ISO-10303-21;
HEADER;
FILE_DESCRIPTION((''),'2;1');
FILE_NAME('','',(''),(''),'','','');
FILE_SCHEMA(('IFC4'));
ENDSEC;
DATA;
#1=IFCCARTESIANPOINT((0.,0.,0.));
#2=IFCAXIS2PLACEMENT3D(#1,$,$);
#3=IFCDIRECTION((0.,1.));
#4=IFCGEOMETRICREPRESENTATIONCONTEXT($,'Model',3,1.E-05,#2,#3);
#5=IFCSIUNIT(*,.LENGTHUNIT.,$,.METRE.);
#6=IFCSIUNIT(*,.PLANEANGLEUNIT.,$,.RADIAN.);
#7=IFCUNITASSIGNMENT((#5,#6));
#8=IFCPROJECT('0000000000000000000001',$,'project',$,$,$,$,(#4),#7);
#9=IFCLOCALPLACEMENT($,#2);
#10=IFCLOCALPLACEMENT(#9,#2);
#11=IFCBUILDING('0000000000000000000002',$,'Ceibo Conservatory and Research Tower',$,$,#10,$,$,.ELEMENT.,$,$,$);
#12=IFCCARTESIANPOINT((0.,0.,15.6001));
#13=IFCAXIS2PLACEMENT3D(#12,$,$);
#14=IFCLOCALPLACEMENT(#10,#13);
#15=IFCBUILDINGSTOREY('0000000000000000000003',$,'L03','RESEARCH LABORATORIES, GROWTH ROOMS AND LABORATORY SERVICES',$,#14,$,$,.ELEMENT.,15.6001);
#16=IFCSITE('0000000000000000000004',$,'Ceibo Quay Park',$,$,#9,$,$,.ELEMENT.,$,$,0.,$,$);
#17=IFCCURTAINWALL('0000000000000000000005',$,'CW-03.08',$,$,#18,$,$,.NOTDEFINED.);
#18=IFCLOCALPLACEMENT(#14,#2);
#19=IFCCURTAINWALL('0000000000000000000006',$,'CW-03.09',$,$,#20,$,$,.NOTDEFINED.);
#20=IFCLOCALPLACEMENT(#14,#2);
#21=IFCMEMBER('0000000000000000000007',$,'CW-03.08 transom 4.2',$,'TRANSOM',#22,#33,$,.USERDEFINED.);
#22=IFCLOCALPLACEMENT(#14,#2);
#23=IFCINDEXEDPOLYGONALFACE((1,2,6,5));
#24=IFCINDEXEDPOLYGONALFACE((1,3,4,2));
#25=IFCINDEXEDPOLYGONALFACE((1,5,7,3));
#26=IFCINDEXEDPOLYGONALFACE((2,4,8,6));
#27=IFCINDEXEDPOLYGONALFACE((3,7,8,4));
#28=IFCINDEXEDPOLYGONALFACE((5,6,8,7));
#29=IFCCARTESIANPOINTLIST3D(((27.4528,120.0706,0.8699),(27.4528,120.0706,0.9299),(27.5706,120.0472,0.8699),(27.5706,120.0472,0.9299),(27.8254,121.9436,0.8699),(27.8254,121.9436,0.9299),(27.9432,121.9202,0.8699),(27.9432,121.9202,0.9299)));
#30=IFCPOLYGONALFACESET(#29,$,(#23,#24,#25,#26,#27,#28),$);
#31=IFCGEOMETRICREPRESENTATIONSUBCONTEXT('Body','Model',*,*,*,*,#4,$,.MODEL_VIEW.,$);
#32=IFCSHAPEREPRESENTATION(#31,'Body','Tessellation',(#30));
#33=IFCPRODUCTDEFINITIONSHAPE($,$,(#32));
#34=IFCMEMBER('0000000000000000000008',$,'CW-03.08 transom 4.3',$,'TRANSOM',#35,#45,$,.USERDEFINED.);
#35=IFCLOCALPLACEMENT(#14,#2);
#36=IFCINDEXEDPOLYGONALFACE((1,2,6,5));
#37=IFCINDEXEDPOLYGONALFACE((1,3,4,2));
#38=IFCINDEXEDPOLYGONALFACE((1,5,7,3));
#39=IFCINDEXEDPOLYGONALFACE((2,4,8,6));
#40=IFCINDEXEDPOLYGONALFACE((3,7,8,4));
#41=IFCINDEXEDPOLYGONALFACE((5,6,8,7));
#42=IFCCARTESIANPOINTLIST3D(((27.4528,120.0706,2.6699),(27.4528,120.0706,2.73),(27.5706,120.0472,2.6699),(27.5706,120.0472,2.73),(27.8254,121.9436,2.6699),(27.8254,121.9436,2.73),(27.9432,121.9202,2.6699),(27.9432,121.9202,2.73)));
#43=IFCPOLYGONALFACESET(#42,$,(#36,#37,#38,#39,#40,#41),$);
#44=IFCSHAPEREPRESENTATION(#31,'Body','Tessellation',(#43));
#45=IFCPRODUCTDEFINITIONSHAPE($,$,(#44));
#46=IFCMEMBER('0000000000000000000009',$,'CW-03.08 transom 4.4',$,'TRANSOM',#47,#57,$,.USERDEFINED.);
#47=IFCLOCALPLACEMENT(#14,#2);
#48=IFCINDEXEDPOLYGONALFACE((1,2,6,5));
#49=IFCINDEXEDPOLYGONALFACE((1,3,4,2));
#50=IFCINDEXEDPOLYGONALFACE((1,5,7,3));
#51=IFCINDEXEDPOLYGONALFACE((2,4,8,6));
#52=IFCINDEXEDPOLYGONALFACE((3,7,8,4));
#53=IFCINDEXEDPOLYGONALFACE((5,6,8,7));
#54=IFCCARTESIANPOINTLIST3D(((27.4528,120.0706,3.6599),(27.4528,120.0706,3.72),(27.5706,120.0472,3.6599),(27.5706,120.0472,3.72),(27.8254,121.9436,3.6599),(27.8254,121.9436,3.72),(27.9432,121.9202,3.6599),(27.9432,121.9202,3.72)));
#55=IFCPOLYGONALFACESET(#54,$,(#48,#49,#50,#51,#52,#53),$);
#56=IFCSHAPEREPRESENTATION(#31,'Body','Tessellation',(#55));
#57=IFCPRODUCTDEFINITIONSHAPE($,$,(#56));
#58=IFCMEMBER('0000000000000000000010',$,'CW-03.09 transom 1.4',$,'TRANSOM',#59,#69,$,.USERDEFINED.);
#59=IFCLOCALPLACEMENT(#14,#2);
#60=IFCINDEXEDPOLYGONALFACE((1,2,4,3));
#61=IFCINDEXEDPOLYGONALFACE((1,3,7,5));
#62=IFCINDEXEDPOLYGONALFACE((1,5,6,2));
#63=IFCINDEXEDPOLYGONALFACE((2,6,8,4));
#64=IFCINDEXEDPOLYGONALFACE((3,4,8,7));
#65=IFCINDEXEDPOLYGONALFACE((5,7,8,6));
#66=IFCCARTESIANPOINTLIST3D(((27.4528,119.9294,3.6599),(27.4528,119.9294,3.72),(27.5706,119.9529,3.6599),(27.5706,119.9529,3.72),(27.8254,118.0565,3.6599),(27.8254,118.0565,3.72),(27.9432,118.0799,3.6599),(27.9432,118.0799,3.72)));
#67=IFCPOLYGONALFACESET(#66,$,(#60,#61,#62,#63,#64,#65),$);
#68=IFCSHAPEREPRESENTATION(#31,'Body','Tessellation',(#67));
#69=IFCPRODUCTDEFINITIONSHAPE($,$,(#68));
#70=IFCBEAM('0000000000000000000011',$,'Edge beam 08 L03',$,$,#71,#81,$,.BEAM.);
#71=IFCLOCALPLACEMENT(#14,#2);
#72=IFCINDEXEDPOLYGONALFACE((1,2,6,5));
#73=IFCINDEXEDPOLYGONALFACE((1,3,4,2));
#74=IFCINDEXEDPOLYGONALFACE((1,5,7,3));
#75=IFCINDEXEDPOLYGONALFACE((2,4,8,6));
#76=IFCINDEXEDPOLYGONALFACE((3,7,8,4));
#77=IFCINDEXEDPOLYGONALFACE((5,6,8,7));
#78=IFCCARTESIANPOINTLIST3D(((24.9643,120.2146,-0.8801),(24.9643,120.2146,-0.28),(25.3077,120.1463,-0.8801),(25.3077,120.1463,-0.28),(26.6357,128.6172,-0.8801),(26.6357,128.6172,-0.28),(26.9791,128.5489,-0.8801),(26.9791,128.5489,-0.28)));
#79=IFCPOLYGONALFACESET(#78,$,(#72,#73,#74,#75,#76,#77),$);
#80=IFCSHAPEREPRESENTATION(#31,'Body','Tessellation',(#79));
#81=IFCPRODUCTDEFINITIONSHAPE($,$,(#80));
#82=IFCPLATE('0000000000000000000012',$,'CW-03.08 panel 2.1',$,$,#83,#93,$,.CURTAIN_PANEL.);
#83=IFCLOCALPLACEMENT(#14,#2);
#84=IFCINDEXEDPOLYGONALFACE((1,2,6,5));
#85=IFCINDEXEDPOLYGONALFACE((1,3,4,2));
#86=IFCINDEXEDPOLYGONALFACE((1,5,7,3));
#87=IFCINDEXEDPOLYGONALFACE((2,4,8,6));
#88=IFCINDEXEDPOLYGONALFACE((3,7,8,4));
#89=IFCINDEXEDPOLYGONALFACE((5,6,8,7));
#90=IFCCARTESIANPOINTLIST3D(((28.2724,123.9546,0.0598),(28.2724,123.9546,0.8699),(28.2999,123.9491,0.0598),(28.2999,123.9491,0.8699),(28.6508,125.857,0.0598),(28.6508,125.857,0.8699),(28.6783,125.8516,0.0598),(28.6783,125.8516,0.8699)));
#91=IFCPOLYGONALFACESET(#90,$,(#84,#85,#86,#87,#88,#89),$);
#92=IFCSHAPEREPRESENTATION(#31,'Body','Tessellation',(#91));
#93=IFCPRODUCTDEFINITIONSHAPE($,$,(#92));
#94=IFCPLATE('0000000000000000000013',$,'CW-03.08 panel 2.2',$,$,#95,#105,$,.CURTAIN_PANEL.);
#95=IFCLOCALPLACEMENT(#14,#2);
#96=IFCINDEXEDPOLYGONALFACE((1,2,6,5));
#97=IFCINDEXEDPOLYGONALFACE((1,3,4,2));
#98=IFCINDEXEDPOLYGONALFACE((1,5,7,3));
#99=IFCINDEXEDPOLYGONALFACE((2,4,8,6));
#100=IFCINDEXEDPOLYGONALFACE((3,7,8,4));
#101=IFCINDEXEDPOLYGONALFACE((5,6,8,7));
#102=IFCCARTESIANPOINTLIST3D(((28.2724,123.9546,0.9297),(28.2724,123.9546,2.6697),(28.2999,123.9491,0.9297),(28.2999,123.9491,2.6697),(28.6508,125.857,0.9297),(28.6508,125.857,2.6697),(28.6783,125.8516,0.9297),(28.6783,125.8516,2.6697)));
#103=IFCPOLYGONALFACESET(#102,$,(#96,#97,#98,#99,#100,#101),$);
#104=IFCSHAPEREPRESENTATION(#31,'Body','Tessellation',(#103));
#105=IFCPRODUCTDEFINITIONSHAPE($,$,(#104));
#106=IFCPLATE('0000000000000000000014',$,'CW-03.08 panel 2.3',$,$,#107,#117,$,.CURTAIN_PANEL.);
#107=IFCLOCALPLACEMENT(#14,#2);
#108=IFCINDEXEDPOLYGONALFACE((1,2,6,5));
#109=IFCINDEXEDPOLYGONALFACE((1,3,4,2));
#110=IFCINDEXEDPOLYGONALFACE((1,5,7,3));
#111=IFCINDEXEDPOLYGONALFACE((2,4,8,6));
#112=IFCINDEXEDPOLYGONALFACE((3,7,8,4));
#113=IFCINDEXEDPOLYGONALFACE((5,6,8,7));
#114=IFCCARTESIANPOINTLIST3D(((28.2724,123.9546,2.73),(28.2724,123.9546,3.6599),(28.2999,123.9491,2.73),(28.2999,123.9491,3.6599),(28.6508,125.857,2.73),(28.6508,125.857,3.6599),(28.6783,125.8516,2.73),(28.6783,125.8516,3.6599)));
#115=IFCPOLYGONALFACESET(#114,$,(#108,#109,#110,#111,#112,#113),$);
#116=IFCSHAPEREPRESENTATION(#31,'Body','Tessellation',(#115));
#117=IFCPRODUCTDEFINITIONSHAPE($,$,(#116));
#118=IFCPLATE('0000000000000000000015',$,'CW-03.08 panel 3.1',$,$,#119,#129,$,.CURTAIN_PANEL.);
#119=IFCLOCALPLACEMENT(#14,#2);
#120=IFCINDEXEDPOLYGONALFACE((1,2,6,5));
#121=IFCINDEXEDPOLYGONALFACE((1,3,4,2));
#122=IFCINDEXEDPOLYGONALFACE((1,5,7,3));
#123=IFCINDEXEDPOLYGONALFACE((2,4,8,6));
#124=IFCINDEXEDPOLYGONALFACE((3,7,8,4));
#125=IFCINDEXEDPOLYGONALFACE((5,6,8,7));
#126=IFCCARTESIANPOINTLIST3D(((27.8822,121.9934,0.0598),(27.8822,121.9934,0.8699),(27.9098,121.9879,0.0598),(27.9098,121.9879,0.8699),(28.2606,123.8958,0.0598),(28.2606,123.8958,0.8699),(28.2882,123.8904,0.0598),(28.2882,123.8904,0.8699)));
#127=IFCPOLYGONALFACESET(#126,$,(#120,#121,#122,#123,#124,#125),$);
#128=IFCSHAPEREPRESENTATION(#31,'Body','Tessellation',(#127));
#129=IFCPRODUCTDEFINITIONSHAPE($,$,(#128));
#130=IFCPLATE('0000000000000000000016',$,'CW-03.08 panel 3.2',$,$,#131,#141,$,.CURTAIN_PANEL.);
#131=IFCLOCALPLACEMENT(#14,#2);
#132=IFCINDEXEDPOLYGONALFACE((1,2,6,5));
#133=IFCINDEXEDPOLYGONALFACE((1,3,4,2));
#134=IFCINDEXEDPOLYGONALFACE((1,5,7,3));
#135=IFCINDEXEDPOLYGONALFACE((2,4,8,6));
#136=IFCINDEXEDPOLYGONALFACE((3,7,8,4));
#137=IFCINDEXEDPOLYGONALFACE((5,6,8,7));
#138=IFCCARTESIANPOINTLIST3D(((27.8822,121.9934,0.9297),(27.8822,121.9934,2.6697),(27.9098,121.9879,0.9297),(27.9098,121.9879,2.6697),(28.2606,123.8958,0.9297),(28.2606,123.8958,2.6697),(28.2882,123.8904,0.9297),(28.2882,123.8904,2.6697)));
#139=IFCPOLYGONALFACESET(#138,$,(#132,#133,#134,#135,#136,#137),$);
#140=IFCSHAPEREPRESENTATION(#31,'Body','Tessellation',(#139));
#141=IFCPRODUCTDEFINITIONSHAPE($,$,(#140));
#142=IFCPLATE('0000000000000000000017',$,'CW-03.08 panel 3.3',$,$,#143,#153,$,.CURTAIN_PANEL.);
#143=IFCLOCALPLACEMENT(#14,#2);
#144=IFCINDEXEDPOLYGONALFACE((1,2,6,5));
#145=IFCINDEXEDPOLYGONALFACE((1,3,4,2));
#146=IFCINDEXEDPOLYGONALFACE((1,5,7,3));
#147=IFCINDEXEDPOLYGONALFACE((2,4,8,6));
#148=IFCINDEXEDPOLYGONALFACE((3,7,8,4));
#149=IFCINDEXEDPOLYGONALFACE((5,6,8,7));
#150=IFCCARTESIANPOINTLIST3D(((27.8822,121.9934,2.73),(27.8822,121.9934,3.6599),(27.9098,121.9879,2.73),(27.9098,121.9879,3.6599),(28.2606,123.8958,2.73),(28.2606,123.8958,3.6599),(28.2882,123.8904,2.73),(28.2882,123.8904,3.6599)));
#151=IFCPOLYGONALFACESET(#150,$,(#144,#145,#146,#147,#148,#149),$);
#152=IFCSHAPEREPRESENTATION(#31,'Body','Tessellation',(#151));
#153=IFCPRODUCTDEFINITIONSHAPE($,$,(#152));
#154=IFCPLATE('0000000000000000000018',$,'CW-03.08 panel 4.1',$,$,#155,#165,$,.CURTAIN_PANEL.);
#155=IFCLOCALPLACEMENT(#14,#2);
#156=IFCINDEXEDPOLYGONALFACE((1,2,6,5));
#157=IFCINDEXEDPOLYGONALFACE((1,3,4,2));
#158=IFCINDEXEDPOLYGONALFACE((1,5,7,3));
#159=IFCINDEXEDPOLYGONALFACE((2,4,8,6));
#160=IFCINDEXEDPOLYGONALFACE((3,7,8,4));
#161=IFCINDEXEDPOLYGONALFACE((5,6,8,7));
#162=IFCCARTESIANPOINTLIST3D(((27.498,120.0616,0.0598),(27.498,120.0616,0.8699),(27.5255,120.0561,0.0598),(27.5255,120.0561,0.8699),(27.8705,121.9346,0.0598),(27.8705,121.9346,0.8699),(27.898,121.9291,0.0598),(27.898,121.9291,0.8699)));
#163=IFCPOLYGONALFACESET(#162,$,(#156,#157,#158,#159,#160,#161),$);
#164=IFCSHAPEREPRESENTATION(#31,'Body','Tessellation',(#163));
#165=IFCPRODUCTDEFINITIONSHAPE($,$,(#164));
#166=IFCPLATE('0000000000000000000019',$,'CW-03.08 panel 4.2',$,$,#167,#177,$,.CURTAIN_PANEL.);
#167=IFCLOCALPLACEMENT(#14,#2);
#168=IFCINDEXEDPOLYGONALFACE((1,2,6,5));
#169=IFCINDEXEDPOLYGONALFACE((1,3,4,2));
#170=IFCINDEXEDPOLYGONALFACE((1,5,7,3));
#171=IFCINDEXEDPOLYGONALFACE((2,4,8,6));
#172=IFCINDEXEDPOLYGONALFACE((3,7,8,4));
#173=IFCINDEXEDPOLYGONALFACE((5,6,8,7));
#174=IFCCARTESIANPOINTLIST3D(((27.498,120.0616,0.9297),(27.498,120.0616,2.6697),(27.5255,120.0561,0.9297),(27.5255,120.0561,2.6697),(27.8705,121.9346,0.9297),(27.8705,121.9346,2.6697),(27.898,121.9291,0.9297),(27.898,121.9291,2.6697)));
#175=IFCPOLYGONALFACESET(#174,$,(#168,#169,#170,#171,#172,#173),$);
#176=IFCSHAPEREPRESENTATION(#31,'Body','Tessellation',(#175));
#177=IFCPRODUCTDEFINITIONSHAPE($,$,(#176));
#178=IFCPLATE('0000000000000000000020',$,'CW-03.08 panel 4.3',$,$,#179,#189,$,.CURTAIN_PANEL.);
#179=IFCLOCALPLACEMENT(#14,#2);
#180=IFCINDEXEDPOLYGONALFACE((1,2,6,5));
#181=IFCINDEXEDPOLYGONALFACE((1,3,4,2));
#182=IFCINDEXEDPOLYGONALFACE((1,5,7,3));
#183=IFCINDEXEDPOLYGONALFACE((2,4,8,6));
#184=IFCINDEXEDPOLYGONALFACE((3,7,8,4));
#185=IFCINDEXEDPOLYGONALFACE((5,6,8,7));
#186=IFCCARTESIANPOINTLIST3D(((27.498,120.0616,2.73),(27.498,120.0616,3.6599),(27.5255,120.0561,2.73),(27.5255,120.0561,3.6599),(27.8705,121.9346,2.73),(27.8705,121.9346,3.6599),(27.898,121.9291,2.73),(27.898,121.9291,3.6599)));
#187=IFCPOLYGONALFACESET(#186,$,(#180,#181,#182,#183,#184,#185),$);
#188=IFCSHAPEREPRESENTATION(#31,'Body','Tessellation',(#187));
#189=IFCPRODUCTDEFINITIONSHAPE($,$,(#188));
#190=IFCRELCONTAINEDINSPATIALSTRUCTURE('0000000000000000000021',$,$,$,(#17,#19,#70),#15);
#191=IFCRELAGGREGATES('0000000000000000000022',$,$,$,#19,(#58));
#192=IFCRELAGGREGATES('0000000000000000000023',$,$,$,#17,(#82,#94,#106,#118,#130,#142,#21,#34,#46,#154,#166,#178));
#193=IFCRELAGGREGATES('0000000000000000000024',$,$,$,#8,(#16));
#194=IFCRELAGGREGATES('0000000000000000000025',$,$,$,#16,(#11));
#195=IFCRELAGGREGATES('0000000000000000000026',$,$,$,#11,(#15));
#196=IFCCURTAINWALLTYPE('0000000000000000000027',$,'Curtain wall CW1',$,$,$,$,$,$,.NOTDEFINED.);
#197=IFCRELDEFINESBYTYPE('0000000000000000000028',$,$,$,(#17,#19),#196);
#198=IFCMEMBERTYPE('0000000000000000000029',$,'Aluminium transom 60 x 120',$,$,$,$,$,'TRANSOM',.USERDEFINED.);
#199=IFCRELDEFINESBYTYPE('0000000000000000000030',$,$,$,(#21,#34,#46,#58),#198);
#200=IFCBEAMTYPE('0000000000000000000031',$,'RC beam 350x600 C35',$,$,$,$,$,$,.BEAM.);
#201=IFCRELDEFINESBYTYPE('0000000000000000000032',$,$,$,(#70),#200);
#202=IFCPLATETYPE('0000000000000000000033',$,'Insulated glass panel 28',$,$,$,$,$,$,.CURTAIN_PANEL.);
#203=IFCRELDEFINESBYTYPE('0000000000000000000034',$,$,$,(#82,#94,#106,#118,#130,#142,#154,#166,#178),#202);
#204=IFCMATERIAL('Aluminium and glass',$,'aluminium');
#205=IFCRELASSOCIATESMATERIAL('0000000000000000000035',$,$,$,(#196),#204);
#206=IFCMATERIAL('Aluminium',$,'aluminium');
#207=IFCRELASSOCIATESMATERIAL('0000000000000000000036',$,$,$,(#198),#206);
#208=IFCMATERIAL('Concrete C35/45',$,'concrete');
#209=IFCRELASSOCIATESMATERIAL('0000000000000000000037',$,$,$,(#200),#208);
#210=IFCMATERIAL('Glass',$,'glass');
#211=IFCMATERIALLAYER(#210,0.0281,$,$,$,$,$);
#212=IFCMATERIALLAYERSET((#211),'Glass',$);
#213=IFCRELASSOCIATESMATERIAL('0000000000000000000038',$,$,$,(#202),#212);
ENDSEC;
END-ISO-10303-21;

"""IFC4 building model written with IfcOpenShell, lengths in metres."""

from ifc_helpers import new_model, si_unit, direction, frame, origin, origin_2d, place, context, subcontext, project, spatial, rectangle, extrude, material, layer, layer_set, material_profile, profile_set, type_object, element, aggregate, save


model = new_model("IFC4")

# Units and contexts
model_context = context("Model", 3, precision=1e-05, world=origin(), true_north=direction((0.0, 1.0)))
body_context = subcontext(model_context, "Body", "Model", "MODEL_VIEW")
ifc_project = project(units=[si_unit("LENGTHUNIT", "METRE"), si_unit("PLANEANGLEUNIT", "RADIAN")], contexts=[model_context])

# Site, building, storey
site_placement = place(None, origin())
site = spatial("IfcSite", under=ifc_project, at=site_placement, Name="Ceibo Quay Park", CompositionType="ELEMENT", RefElevation=0.0)
building_placement = place(site_placement, origin())
building = spatial("IfcBuilding", under=site, at=building_placement, Name="Ceibo Conservatory and Research Tower", CompositionType="ELEMENT")
storey_placement = place(building_placement, frame((0.0, 0.0, 15.6001)))
storey = spatial("IfcBuildingStorey", under=building, at=storey_placement, Name="L03", Description="RESEARCH LABORATORIES, GROWTH ROOMS AND LABORATORY SERVICES", CompositionType="ELEMENT", Elevation=15.6001)

# Curtain wall
ifc_material_1 = material(Name="Aluminium and glass", Category="aluminium")
curtain_wall_type = type_object("IfcCurtainWallType", Name="Curtain wall CW1", PredefinedType="NOTDEFINED", material=ifc_material_1)
curtain_wall_1_placement = place(storey_placement, origin())
curtain_wall_1 = element("IfcCurtainWall", 1, at=curtain_wall_1_placement, inside=storey, type_object=curtain_wall_type, Name="CW-03.08", PredefinedType="NOTDEFINED")
ifc_material_2 = material(Name="Aluminium", Category="aluminium")

# Curtain wall
curtain_wall_2_placement = place(storey_placement, origin())
curtain_wall_2 = element("IfcCurtainWall", 2, at=curtain_wall_2_placement, inside=storey, type_object=curtain_wall_type, Name="CW-03.09", PredefinedType="NOTDEFINED")

# Members
ifc_material_profile_1 = material_profile(ifc_material_2, rectangle(XDim=0.1201, YDim=0.0601, at=origin_2d()), Name="Aluminium 60 x 120")
ifc_profile_set_1 = profile_set([ifc_material_profile_1], Name="Aluminium")
member_type_1 = type_object("IfcMemberType", Name="Aluminium transom 60 x 120", ElementType="TRANSOM", PredefinedType="USERDEFINED", material=ifc_profile_set_1)
member_1_placement = place(storey_placement, frame((27.8843, 121.9319, 0.8999), z_axis=(-0.195083, -0.980787, 0.0), x_axis=(0.980787, -0.195083, 0.0)))
member_1 = element("IfcMember", 3, at=member_1_placement, type_object=member_type_1, Name="CW-03.08 transom 4.2", ObjectType="TRANSOM", PredefinedType="USERDEFINED", context=body_context, shape_type="SweptSolid", body=[
    extrude(rectangle(XDim=0.1201, YDim=0.0601, at=origin_2d()), origin(), (0.0, 0.0, 1.0), 1.9097),
])
member_2_placement = place(storey_placement, frame((27.8843, 121.9319, 2.7), z_axis=(-0.195083, -0.980787, 0.0), x_axis=(0.980787, -0.195083, 0.0)))
member_2 = element("IfcMember", 4, at=member_2_placement, type_object=member_type_1, Name="CW-03.08 transom 4.3", ObjectType="TRANSOM", PredefinedType="USERDEFINED", context=body_context, shape_type="SweptSolid", body=[
    extrude(rectangle(XDim=0.1201, YDim=0.0601, at=origin_2d()), origin(), (0.0, 0.0, 1.0), 1.9097),
])
member_3_placement = place(storey_placement, frame((27.8843, 121.9319, 3.6899), z_axis=(-0.195083, -0.980787, 0.0), x_axis=(0.980787, -0.195083, 0.0)))
member_3 = element("IfcMember", 5, at=member_3_placement, type_object=member_type_1, Name="CW-03.08 transom 4.4", ObjectType="TRANSOM", PredefinedType="USERDEFINED", context=body_context, shape_type="SweptSolid", body=[
    extrude(rectangle(XDim=0.1201, YDim=0.0601, at=origin_2d()), origin(), (0.0, 0.0, 1.0), 1.9097),
])
member_4_placement = place(storey_placement, frame((27.5117, 119.9412, 3.6899), z_axis=(0.195083, -0.980787, 0.0), x_axis=(0.980787, 0.195083, 0.0)))
member_4 = element("IfcMember", 6, at=member_4_placement, type_object=member_type_1, Name="CW-03.09 transom 1.4", ObjectType="TRANSOM", PredefinedType="USERDEFINED", context=body_context, shape_type="SweptSolid", body=[
    extrude(rectangle(XDim=0.1201, YDim=0.0601, at=origin_2d()), origin(), (0.0, 0.0, 1.0), 1.9097),
])
aggregate(curtain_wall_2, [member_4])

# Beam
ifc_material_3 = material(Name="Concrete C35/45", Category="concrete")
ifc_material_profile_2 = material_profile(ifc_material_3, rectangle(XDim=0.3501, YDim=0.6001, at=origin_2d()), Name="RC 350x600")
ifc_profile_set_2 = profile_set([ifc_material_profile_2], Name="Concrete C35/45")
beam_type = type_object("IfcBeamType", Name="RC beam 350x600 C35", PredefinedType="BEAM", material=ifc_profile_set_2)
beam_placement = place(storey_placement, frame((26.8074, 128.583, -0.5801), z_axis=(-0.195091, -0.980785, 0.0), x_axis=(0.980785, -0.195091, 0.0)))
element("IfcBeam", 7, at=beam_placement, inside=storey, type_object=beam_type, Name="Edge beam 08 L03", PredefinedType="BEAM", context=body_context, shape_type="SweptSolid", body=[
    extrude(rectangle(XDim=0.3501, YDim=0.6001, at=origin_2d()), origin(), (0.0, 0.0, 1.0), 8.5671),
])

# Plates
ifc_material_4 = material(Name="Glass", Category="glass")
ifc_layer_1 = layer(ifc_material_4, 0.0281)
ifc_layer_set_1 = layer_set([ifc_layer_1], Name="Glass")
plate_type = type_object("IfcPlateType", Name="Insulated glass panel 28", PredefinedType="CURTAIN_PANEL", material=ifc_layer_set_1)
plate_1_placement = place(storey_placement, frame((28.4753, 124.9031, 0.0598), z_axis=(0.0, 0.0, 1.0), x_axis=(-0.19509, -0.980785, 0.0)))
plate_1 = element("IfcPlate", 8, at=plate_1_placement, type_object=plate_type, Name="CW-03.08 panel 2.1", PredefinedType="CURTAIN_PANEL", context=body_context, shape_type="SweptSolid", body=[
    extrude(rectangle(XDim=1.9397, YDim=0.0281, at=origin_2d()), origin(), (0.0, 0.0, 1.0), 0.8101),
])
plate_2_placement = place(storey_placement, frame((28.4753, 124.9031, 0.9297), z_axis=(0.0, 0.0, 1.0), x_axis=(-0.19509, -0.980785, 0.0)))
plate_2 = element("IfcPlate", 9, at=plate_2_placement, type_object=plate_type, Name="CW-03.08 panel 2.2", PredefinedType="CURTAIN_PANEL", context=body_context, shape_type="SweptSolid", body=[
    extrude(rectangle(XDim=1.9397, YDim=0.0281, at=origin_2d()), origin(), (0.0, 0.0, 1.0), 1.74),
])
plate_3_placement = place(storey_placement, frame((28.4753, 124.9031, 2.73), z_axis=(0.0, 0.0, 1.0), x_axis=(-0.19509, -0.980785, 0.0)))
plate_3 = element("IfcPlate", 10, at=plate_3_placement, type_object=plate_type, Name="CW-03.08 panel 2.3", PredefinedType="CURTAIN_PANEL", context=body_context, shape_type="SweptSolid", body=[
    extrude(rectangle(XDim=1.9397, YDim=0.0281, at=origin_2d()), origin(), (0.0, 0.0, 1.0), 0.9299),
])
plate_4_placement = place(storey_placement, frame((28.0852, 122.9419, 0.0598), z_axis=(0.0, 0.0, 1.0), x_axis=(-0.19509, -0.980785, 0.0)))
plate_4 = element("IfcPlate", 11, at=plate_4_placement, type_object=plate_type, Name="CW-03.08 panel 3.1", PredefinedType="CURTAIN_PANEL", context=body_context, shape_type="SweptSolid", body=[
    extrude(rectangle(XDim=1.9397, YDim=0.0281, at=origin_2d()), origin(), (0.0, 0.0, 1.0), 0.8101),
])
plate_5_placement = place(storey_placement, frame((28.0852, 122.9419, 0.9297), z_axis=(0.0, 0.0, 1.0), x_axis=(-0.19509, -0.980785, 0.0)))
plate_5 = element("IfcPlate", 12, at=plate_5_placement, type_object=plate_type, Name="CW-03.08 panel 3.2", PredefinedType="CURTAIN_PANEL", context=body_context, shape_type="SweptSolid", body=[
    extrude(rectangle(XDim=1.9397, YDim=0.0281, at=origin_2d()), origin(), (0.0, 0.0, 1.0), 1.74),
])
plate_6_placement = place(storey_placement, frame((28.0852, 122.9419, 2.73), z_axis=(0.0, 0.0, 1.0), x_axis=(-0.19509, -0.980785, 0.0)))
plate_6 = element("IfcPlate", 13, at=plate_6_placement, type_object=plate_type, Name="CW-03.08 panel 3.3", PredefinedType="CURTAIN_PANEL", context=body_context, shape_type="SweptSolid", body=[
    extrude(rectangle(XDim=1.9397, YDim=0.0281, at=origin_2d()), origin(), (0.0, 0.0, 1.0), 0.9299),
])
plate_7_placement = place(storey_placement, frame((27.698, 120.9954, 0.0598), z_axis=(0.0, 0.0, 1.0), x_axis=(-0.19509, -0.980785, 0.0)))
plate_7 = element("IfcPlate", 14, at=plate_7_placement, type_object=plate_type, Name="CW-03.08 panel 4.1", PredefinedType="CURTAIN_PANEL", context=body_context, shape_type="SweptSolid", body=[
    extrude(rectangle(XDim=1.9097, YDim=0.0281, at=origin_2d()), origin(), (0.0, 0.0, 1.0), 0.8101),
])
plate_8_placement = place(storey_placement, frame((27.698, 120.9954, 0.9297), z_axis=(0.0, 0.0, 1.0), x_axis=(-0.19509, -0.980785, 0.0)))
plate_8 = element("IfcPlate", 15, at=plate_8_placement, type_object=plate_type, Name="CW-03.08 panel 4.2", PredefinedType="CURTAIN_PANEL", context=body_context, shape_type="SweptSolid", body=[
    extrude(rectangle(XDim=1.9097, YDim=0.0281, at=origin_2d()), origin(), (0.0, 0.0, 1.0), 1.74),
])
plate_9_placement = place(storey_placement, frame((27.698, 120.9954, 2.73), z_axis=(0.0, 0.0, 1.0), x_axis=(-0.19509, -0.980785, 0.0)))
plate_9 = element("IfcPlate", 16, at=plate_9_placement, type_object=plate_type, Name="CW-03.08 panel 4.3", PredefinedType="CURTAIN_PANEL", context=body_context, shape_type="SweptSolid", body=[
    extrude(rectangle(XDim=1.9097, YDim=0.0281, at=origin_2d()), origin(), (0.0, 0.0, 1.0), 0.9299),
])
aggregate(curtain_wall_1, [plate_1, plate_2, plate_3, plate_4, plate_5, plate_6, member_1, member_2, member_3, plate_7, plate_8, plate_9])

save(model, "model.ifc")
